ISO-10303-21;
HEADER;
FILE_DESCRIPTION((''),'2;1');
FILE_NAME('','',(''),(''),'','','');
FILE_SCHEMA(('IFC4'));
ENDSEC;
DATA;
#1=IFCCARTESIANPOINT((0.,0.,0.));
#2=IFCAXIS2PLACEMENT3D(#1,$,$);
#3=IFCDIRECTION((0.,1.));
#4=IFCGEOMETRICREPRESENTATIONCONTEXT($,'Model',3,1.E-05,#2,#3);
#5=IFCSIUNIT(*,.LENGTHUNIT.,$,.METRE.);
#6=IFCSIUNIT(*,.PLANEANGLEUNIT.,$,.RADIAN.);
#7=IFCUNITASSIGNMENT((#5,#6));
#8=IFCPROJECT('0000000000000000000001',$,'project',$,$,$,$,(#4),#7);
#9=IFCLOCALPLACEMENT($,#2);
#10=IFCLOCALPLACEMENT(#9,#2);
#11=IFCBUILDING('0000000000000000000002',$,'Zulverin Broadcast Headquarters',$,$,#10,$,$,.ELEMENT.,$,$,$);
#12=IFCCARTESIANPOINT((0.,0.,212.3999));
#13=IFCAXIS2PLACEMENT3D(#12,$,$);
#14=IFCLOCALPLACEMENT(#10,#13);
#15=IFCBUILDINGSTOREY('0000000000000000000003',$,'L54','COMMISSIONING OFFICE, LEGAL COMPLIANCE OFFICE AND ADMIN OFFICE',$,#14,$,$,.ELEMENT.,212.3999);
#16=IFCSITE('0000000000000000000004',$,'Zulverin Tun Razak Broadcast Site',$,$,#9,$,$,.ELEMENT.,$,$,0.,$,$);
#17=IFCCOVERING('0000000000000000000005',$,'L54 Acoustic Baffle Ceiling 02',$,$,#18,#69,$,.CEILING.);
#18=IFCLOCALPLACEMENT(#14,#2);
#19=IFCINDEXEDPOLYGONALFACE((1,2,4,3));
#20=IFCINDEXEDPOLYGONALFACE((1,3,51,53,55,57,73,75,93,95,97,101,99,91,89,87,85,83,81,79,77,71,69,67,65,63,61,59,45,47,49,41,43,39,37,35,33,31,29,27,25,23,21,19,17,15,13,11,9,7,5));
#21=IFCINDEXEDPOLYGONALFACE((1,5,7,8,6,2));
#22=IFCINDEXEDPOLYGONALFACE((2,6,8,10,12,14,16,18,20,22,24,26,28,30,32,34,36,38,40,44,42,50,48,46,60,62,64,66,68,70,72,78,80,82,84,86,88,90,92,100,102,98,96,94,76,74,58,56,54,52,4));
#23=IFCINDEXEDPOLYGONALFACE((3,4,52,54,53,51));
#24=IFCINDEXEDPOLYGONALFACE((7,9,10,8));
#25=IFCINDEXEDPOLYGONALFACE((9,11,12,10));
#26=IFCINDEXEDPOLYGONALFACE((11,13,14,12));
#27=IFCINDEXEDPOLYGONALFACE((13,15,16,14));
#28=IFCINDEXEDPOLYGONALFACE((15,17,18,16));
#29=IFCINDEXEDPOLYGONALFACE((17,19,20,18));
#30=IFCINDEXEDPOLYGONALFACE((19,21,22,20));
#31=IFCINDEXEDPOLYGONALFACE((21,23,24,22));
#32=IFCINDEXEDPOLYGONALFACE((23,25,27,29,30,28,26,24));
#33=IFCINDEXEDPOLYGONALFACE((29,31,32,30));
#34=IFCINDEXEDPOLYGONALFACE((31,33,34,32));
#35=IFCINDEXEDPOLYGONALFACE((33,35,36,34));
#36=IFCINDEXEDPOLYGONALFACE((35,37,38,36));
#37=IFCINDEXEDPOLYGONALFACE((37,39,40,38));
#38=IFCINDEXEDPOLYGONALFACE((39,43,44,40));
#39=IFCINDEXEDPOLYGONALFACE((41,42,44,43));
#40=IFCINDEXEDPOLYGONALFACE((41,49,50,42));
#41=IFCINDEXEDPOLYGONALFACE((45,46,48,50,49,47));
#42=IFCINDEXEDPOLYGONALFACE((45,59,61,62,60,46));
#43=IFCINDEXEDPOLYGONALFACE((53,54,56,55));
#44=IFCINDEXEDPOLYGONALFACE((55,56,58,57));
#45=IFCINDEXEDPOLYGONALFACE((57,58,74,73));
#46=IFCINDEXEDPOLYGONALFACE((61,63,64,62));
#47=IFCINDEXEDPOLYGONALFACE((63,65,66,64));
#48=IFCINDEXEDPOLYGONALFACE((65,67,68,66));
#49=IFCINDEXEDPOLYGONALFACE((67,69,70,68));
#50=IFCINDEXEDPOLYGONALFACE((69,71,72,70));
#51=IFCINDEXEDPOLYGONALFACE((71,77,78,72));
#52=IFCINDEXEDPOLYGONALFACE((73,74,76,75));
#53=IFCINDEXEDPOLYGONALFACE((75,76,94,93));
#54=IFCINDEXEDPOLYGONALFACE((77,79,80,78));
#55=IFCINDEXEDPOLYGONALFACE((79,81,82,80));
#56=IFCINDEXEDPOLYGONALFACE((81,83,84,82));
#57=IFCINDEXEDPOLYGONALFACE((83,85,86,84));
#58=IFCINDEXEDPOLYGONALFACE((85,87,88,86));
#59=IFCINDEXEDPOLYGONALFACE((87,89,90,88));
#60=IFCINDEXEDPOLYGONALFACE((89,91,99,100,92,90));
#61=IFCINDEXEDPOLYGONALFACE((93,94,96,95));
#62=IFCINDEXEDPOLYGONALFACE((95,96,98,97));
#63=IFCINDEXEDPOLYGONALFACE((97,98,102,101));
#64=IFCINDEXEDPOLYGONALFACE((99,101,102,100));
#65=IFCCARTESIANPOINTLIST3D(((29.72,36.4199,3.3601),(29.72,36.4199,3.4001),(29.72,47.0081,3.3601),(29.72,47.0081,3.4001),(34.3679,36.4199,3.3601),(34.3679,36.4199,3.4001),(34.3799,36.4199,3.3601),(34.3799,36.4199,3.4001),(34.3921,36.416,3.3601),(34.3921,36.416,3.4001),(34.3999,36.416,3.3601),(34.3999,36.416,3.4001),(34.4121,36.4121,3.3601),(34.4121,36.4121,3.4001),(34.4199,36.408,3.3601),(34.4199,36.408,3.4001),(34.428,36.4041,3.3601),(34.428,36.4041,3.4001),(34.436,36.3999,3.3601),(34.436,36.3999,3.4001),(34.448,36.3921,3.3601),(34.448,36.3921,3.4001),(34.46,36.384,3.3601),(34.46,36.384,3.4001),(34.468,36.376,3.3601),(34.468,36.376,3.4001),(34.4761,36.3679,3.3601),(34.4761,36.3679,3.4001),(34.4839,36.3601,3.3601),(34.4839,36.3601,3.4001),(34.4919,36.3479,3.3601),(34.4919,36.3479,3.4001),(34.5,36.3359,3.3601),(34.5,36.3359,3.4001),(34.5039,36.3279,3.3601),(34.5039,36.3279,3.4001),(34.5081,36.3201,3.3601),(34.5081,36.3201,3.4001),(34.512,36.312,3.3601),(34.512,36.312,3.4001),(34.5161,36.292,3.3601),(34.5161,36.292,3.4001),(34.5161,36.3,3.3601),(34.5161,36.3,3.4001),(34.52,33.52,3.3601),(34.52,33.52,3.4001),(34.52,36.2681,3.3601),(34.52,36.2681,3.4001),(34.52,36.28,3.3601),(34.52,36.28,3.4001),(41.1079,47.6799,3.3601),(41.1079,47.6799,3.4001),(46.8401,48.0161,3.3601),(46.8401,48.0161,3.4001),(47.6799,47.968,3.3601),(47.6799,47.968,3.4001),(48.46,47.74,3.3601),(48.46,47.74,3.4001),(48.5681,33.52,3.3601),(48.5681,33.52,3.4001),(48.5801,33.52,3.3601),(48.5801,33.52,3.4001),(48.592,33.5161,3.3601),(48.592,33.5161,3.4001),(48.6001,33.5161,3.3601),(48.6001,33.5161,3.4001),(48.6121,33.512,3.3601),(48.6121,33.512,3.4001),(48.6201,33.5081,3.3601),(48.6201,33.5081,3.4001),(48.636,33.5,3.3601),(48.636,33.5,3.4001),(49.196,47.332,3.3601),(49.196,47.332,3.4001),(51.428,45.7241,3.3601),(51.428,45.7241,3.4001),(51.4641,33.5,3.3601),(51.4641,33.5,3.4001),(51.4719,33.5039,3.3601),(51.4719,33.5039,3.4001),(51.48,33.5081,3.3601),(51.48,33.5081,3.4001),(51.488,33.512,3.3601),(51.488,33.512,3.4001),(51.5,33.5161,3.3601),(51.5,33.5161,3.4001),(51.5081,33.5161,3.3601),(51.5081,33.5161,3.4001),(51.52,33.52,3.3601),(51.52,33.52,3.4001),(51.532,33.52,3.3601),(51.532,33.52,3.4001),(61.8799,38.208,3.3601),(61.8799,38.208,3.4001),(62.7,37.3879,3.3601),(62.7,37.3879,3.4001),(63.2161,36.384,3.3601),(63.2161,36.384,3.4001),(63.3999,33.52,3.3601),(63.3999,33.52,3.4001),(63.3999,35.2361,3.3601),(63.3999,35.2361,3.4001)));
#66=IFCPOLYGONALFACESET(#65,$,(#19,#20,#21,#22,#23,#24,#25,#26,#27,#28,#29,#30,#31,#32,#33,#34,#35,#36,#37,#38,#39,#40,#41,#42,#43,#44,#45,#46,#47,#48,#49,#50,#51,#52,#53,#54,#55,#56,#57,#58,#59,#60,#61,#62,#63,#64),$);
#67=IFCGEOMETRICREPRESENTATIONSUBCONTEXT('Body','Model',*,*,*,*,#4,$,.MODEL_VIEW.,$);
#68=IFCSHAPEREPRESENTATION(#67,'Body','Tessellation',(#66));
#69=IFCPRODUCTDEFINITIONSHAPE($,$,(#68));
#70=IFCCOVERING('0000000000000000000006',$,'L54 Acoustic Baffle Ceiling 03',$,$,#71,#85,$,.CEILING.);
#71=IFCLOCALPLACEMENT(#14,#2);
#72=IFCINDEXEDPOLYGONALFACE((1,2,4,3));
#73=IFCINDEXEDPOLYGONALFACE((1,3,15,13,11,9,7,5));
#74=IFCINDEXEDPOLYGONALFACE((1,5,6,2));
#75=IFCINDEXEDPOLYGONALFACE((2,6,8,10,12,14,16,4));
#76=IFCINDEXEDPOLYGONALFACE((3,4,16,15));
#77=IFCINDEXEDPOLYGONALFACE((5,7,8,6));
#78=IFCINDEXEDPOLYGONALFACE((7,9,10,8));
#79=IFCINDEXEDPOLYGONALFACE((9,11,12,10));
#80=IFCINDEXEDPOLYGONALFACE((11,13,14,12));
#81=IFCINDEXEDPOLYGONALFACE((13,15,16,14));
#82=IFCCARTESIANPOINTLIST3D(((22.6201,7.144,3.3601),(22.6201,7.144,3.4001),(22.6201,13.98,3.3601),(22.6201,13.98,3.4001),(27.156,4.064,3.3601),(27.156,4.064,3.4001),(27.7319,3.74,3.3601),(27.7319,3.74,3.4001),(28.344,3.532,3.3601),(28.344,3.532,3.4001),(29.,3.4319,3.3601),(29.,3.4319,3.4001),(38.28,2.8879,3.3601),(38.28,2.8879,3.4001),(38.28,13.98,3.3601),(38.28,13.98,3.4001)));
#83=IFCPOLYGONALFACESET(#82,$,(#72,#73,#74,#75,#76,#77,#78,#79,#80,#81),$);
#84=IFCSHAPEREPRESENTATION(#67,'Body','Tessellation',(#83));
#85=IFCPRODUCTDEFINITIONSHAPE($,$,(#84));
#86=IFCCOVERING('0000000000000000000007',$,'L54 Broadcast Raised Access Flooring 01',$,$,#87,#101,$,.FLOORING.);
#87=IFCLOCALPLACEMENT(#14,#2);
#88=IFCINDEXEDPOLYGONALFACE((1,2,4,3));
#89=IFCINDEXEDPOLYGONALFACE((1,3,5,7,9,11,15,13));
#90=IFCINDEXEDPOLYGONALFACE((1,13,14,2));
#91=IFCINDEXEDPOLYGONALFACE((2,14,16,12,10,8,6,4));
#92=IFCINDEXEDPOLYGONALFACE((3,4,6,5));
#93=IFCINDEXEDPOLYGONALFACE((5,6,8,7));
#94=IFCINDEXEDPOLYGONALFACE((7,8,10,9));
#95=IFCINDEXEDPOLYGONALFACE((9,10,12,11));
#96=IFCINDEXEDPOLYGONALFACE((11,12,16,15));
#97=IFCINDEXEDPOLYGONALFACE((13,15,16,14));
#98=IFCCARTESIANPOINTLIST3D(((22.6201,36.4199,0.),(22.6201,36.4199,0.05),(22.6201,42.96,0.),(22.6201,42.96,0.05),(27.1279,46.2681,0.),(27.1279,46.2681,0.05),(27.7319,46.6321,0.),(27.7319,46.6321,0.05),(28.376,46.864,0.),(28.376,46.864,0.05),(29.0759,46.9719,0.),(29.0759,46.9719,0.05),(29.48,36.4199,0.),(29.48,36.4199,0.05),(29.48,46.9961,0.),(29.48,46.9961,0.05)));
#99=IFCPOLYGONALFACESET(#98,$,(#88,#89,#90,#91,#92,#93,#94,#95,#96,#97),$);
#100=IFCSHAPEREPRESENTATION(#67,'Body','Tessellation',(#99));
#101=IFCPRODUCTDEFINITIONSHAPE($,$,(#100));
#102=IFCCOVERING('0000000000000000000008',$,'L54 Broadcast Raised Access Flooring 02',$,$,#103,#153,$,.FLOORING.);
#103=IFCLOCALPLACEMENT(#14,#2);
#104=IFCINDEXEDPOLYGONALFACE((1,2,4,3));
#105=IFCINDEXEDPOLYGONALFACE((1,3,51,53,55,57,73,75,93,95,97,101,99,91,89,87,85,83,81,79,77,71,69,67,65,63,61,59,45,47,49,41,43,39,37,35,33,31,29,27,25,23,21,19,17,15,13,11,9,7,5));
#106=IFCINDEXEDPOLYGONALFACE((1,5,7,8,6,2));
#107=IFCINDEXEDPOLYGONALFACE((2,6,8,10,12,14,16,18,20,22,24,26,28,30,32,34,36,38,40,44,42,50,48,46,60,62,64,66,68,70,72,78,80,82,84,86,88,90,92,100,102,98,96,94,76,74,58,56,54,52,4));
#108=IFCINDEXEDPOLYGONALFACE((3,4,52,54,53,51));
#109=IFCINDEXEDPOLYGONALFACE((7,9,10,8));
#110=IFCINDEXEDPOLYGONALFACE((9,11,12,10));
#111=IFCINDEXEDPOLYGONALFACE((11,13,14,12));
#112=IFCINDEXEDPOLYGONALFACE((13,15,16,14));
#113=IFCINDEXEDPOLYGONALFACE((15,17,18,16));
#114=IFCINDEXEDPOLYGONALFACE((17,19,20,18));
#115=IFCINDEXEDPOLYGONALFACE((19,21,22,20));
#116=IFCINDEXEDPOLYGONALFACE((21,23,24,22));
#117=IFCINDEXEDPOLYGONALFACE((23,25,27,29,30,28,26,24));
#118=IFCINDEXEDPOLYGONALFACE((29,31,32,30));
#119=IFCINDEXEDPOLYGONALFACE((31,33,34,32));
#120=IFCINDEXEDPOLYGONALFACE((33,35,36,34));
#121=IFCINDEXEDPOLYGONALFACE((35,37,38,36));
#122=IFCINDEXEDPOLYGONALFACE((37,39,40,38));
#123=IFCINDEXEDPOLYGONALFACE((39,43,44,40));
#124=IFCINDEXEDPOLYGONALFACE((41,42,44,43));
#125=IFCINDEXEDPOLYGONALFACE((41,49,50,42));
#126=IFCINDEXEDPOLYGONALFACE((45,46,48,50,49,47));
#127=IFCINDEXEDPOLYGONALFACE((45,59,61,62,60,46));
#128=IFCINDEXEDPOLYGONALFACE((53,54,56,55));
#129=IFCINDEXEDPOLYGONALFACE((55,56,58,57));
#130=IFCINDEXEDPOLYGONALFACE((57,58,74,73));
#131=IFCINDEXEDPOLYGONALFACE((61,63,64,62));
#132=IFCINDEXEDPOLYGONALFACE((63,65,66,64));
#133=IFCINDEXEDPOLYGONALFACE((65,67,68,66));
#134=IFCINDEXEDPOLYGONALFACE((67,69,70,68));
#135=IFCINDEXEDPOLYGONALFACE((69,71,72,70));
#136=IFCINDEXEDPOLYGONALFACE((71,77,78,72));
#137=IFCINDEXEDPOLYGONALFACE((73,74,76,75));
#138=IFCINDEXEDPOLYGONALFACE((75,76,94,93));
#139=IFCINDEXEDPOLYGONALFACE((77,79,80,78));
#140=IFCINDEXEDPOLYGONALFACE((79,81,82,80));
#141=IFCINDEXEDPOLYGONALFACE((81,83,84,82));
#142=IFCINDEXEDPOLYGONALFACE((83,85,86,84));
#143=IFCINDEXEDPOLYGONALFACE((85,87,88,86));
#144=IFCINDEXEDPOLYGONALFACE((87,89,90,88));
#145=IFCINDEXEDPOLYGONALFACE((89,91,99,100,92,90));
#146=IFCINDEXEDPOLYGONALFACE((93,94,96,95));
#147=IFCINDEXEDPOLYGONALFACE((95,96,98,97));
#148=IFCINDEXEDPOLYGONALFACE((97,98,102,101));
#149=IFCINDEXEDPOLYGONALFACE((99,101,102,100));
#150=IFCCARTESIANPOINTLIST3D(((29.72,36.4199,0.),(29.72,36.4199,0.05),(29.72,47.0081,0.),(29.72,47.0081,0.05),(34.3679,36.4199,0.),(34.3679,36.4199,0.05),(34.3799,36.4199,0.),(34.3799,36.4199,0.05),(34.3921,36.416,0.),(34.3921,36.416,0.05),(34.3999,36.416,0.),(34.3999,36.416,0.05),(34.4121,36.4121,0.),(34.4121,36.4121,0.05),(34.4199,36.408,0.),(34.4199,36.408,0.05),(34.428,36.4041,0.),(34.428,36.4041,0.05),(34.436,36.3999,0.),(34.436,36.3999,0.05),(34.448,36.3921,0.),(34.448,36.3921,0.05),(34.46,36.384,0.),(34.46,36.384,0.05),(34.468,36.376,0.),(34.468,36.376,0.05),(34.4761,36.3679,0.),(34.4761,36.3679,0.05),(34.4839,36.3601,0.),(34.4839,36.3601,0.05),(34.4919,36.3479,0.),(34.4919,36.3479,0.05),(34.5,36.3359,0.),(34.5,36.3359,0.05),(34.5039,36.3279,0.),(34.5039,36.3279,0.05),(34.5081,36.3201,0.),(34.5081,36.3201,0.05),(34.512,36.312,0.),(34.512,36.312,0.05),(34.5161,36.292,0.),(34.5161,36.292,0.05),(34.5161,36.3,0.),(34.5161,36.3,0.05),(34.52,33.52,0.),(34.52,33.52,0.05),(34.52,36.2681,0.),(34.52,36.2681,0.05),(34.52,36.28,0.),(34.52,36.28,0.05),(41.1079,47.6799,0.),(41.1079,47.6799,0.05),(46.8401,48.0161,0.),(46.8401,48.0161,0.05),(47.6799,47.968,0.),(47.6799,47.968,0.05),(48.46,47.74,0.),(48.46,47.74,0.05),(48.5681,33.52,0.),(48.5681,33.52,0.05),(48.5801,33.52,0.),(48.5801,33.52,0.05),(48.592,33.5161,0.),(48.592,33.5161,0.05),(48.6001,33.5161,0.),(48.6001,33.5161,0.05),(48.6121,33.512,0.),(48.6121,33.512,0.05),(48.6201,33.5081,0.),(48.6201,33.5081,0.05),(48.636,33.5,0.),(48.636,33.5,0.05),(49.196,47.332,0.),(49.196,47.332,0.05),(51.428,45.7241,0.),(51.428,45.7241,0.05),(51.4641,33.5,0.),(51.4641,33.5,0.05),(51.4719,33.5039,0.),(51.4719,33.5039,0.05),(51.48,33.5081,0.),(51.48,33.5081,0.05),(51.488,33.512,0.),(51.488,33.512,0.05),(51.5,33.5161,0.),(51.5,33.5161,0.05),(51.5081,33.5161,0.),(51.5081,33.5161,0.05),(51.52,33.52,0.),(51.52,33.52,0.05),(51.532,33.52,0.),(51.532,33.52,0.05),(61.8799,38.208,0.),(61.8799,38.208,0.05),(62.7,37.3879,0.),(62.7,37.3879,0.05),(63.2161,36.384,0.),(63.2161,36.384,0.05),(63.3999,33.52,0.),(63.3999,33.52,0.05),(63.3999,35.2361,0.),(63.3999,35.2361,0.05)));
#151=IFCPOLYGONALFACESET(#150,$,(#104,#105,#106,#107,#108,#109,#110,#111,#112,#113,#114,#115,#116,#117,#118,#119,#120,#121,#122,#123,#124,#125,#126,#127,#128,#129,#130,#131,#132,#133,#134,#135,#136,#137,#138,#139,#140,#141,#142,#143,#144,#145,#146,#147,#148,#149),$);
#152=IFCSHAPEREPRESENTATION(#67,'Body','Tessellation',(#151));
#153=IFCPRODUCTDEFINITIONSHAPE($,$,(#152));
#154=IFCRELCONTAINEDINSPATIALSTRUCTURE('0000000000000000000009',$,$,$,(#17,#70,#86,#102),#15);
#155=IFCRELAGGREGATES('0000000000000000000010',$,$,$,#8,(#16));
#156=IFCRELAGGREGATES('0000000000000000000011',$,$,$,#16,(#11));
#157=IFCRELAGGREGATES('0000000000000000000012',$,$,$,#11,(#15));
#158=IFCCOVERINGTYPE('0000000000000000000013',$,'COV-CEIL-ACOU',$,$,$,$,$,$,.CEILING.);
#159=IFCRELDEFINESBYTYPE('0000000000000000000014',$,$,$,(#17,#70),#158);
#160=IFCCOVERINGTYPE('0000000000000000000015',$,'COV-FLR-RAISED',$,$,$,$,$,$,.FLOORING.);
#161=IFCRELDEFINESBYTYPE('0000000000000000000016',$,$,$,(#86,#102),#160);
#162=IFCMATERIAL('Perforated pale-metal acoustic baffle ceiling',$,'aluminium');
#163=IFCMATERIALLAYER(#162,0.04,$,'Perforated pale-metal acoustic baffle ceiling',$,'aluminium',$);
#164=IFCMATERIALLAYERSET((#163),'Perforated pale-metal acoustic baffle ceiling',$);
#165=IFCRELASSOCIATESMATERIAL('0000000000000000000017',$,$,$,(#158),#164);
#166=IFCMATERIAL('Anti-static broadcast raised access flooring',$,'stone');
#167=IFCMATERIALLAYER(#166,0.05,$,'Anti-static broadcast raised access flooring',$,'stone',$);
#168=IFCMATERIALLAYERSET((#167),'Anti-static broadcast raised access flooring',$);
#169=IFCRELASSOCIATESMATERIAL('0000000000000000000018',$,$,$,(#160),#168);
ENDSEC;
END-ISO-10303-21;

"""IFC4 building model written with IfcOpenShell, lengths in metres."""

from ifc_helpers import new_model, si_unit, direction, frame, origin, place, context, subcontext, project, spatial, polyline, outline, extrude, material, layer, layer_set, type_object, element, save


model = new_model("IFC4")

# Units and contexts
model_context = context("Model", 3, precision=1e-05, world=origin(), true_north=direction((0.0, 1.0)))
body_context = subcontext(model_context, "Body", "Model", "MODEL_VIEW")
ifc_project = project(units=[si_unit("LENGTHUNIT", "METRE"), si_unit("PLANEANGLEUNIT", "RADIAN")], contexts=[model_context])

# Site, building, storey
site_placement = place(None, origin())
site = spatial("IfcSite", under=ifc_project, at=site_placement, Name="Zulverin Tun Razak Broadcast Site", CompositionType="ELEMENT", RefElevation=0.0)
building_placement = place(site_placement, origin())
building = spatial("IfcBuilding", under=site, at=building_placement, Name="Zulverin Broadcast Headquarters", CompositionType="ELEMENT")
storey_placement = place(building_placement, frame((0.0, 0.0, 212.3999)))
storey = spatial("IfcBuildingStorey", under=building, at=storey_placement, Name="L54", Description="COMMISSIONING OFFICE, LEGAL COMPLIANCE OFFICE AND ADMIN OFFICE", CompositionType="ELEMENT", Elevation=212.3999)

# Coverings
ifc_material_1 = material(Name="Perforated pale-metal acoustic baffle ceiling", Category="aluminium")
ifc_layer_1 = layer(ifc_material_1, 0.04, Name="Perforated pale-metal acoustic baffle ceiling", Category="aluminium")
ifc_layer_set_1 = layer_set([ifc_layer_1], Name="Perforated pale-metal acoustic baffle ceiling")
covering_type_1 = type_object("IfcCoveringType", Name="COV-CEIL-ACOU", PredefinedType="CEILING", material=ifc_layer_set_1)
covering_1_placement = place(storey_placement, frame((0.0, 0.0, 3.3601)))
element("IfcCovering", 1, at=covering_1_placement, inside=storey, type_object=covering_type_1, Name="L54 Acoustic Baffle Ceiling 02", PredefinedType="CEILING", context=body_context, shape_type="SweptSolid", body=[
    extrude(outline(polyline([(47.6799, 47.968), (46.8401, 48.0161), (41.1079, 47.6799), (29.72, 47.0081), (29.72, 36.4199), (34.3679, 36.4199), (34.3799, 36.4199), (34.3921, 36.416), (34.3999, 36.416), (34.4121, 36.4121), (34.4199, 36.408), (34.428, 36.4041), (34.436, 36.3999), (34.448, 36.3921), (34.46, 36.384), (34.468, 36.376), (34.4761, 36.3679), (34.4839, 36.3601), (34.4919, 36.3479), (34.5, 36.3359), (34.5039, 36.3279), (34.5081, 36.3201), (34.512, 36.312), (34.5161, 36.3), (34.5161, 36.292), (34.52, 36.28), (34.52, 36.2681), (34.52, 33.52), (48.5681, 33.52), (48.5801, 33.52), (48.592, 33.5161), (48.6001, 33.5161), (48.6121, 33.512), (48.6201, 33.5081), (48.636, 33.5), (51.4641, 33.5), (51.4719, 33.5039), (51.48, 33.5081), (51.488, 33.512), (51.5, 33.5161), (51.5081, 33.5161), (51.52, 33.52), (51.532, 33.52), (63.3999, 33.52), (63.3999, 35.2361), (63.2161, 36.384), (62.7, 37.3879), (61.8799, 38.208), (51.428, 45.7241), (49.196, 47.332), (48.46, 47.74), (47.6799, 47.968)])), origin(), (0.0, 0.0, 1.0), 0.04),
])
covering_2_placement = place(storey_placement, frame((0.0, 0.0, 3.3601)))
element("IfcCovering", 2, at=covering_2_placement, inside=storey, type_object=covering_type_1, Name="L54 Acoustic Baffle Ceiling 03", PredefinedType="CEILING", context=body_context, shape_type="SweptSolid", body=[
    extrude(outline(polyline([(27.7319, 3.74), (28.344, 3.532), (29.0, 3.4319), (38.28, 2.8879), (38.28, 13.98), (22.6201, 13.98), (22.6201, 7.144), (27.156, 4.064), (27.7319, 3.74)])), origin(), (0.0, 0.0, 1.0), 0.04),
])
ifc_material_2 = material(Name="Anti-static broadcast raised access flooring", Category="stone")
ifc_layer_2 = layer(ifc_material_2, 0.05, Name="Anti-static broadcast raised access flooring", Category="stone")
ifc_layer_set_2 = layer_set([ifc_layer_2], Name="Anti-static broadcast raised access flooring")
covering_type_2 = type_object("IfcCoveringType", Name="COV-FLR-RAISED", PredefinedType="FLOORING", material=ifc_layer_set_2)
covering_3_placement = place(storey_placement, origin())
element("IfcCovering", 3, at=covering_3_placement, inside=storey, type_object=covering_type_2, Name="L54 Broadcast Raised Access Flooring 01", PredefinedType="FLOORING", context=body_context, shape_type="SweptSolid", body=[
    extrude(outline(polyline([(29.48, 36.4199), (29.48, 46.9961), (29.0759, 46.9719), (28.376, 46.864), (27.7319, 46.6321), (27.1279, 46.2681), (22.6201, 42.96), (22.6201, 36.4199), (29.48, 36.4199)])), origin(), (0.0, 0.0, 1.0), 0.05),
])
covering_4_placement = place(storey_placement, origin())
element("IfcCovering", 4, at=covering_4_placement, inside=storey, type_object=covering_type_2, Name="L54 Broadcast Raised Access Flooring 02", PredefinedType="FLOORING", context=body_context, shape_type="SweptSolid", body=[
    extrude(outline(polyline([(47.6799, 47.968), (46.8401, 48.0161), (41.1079, 47.6799), (29.72, 47.0081), (29.72, 36.4199), (34.3679, 36.4199), (34.3799, 36.4199), (34.3921, 36.416), (34.3999, 36.416), (34.4121, 36.4121), (34.4199, 36.408), (34.428, 36.4041), (34.436, 36.3999), (34.448, 36.3921), (34.46, 36.384), (34.468, 36.376), (34.4761, 36.3679), (34.4839, 36.3601), (34.4919, 36.3479), (34.5, 36.3359), (34.5039, 36.3279), (34.5081, 36.3201), (34.512, 36.312), (34.5161, 36.3), (34.5161, 36.292), (34.52, 36.28), (34.52, 36.2681), (34.52, 33.52), (48.5681, 33.52), (48.5801, 33.52), (48.592, 33.5161), (48.6001, 33.5161), (48.6121, 33.512), (48.6201, 33.5081), (48.636, 33.5), (51.4641, 33.5), (51.4719, 33.5039), (51.48, 33.5081), (51.488, 33.512), (51.5, 33.5161), (51.5081, 33.5161), (51.52, 33.52), (51.532, 33.52), (63.3999, 33.52), (63.3999, 35.2361), (63.2161, 36.384), (62.7, 37.3879), (61.8799, 38.208), (51.428, 45.7241), (49.196, 47.332), (48.46, 47.74), (47.6799, 47.968)])), origin(), (0.0, 0.0, 1.0), 0.05),
])

save(model, "model.ifc")
